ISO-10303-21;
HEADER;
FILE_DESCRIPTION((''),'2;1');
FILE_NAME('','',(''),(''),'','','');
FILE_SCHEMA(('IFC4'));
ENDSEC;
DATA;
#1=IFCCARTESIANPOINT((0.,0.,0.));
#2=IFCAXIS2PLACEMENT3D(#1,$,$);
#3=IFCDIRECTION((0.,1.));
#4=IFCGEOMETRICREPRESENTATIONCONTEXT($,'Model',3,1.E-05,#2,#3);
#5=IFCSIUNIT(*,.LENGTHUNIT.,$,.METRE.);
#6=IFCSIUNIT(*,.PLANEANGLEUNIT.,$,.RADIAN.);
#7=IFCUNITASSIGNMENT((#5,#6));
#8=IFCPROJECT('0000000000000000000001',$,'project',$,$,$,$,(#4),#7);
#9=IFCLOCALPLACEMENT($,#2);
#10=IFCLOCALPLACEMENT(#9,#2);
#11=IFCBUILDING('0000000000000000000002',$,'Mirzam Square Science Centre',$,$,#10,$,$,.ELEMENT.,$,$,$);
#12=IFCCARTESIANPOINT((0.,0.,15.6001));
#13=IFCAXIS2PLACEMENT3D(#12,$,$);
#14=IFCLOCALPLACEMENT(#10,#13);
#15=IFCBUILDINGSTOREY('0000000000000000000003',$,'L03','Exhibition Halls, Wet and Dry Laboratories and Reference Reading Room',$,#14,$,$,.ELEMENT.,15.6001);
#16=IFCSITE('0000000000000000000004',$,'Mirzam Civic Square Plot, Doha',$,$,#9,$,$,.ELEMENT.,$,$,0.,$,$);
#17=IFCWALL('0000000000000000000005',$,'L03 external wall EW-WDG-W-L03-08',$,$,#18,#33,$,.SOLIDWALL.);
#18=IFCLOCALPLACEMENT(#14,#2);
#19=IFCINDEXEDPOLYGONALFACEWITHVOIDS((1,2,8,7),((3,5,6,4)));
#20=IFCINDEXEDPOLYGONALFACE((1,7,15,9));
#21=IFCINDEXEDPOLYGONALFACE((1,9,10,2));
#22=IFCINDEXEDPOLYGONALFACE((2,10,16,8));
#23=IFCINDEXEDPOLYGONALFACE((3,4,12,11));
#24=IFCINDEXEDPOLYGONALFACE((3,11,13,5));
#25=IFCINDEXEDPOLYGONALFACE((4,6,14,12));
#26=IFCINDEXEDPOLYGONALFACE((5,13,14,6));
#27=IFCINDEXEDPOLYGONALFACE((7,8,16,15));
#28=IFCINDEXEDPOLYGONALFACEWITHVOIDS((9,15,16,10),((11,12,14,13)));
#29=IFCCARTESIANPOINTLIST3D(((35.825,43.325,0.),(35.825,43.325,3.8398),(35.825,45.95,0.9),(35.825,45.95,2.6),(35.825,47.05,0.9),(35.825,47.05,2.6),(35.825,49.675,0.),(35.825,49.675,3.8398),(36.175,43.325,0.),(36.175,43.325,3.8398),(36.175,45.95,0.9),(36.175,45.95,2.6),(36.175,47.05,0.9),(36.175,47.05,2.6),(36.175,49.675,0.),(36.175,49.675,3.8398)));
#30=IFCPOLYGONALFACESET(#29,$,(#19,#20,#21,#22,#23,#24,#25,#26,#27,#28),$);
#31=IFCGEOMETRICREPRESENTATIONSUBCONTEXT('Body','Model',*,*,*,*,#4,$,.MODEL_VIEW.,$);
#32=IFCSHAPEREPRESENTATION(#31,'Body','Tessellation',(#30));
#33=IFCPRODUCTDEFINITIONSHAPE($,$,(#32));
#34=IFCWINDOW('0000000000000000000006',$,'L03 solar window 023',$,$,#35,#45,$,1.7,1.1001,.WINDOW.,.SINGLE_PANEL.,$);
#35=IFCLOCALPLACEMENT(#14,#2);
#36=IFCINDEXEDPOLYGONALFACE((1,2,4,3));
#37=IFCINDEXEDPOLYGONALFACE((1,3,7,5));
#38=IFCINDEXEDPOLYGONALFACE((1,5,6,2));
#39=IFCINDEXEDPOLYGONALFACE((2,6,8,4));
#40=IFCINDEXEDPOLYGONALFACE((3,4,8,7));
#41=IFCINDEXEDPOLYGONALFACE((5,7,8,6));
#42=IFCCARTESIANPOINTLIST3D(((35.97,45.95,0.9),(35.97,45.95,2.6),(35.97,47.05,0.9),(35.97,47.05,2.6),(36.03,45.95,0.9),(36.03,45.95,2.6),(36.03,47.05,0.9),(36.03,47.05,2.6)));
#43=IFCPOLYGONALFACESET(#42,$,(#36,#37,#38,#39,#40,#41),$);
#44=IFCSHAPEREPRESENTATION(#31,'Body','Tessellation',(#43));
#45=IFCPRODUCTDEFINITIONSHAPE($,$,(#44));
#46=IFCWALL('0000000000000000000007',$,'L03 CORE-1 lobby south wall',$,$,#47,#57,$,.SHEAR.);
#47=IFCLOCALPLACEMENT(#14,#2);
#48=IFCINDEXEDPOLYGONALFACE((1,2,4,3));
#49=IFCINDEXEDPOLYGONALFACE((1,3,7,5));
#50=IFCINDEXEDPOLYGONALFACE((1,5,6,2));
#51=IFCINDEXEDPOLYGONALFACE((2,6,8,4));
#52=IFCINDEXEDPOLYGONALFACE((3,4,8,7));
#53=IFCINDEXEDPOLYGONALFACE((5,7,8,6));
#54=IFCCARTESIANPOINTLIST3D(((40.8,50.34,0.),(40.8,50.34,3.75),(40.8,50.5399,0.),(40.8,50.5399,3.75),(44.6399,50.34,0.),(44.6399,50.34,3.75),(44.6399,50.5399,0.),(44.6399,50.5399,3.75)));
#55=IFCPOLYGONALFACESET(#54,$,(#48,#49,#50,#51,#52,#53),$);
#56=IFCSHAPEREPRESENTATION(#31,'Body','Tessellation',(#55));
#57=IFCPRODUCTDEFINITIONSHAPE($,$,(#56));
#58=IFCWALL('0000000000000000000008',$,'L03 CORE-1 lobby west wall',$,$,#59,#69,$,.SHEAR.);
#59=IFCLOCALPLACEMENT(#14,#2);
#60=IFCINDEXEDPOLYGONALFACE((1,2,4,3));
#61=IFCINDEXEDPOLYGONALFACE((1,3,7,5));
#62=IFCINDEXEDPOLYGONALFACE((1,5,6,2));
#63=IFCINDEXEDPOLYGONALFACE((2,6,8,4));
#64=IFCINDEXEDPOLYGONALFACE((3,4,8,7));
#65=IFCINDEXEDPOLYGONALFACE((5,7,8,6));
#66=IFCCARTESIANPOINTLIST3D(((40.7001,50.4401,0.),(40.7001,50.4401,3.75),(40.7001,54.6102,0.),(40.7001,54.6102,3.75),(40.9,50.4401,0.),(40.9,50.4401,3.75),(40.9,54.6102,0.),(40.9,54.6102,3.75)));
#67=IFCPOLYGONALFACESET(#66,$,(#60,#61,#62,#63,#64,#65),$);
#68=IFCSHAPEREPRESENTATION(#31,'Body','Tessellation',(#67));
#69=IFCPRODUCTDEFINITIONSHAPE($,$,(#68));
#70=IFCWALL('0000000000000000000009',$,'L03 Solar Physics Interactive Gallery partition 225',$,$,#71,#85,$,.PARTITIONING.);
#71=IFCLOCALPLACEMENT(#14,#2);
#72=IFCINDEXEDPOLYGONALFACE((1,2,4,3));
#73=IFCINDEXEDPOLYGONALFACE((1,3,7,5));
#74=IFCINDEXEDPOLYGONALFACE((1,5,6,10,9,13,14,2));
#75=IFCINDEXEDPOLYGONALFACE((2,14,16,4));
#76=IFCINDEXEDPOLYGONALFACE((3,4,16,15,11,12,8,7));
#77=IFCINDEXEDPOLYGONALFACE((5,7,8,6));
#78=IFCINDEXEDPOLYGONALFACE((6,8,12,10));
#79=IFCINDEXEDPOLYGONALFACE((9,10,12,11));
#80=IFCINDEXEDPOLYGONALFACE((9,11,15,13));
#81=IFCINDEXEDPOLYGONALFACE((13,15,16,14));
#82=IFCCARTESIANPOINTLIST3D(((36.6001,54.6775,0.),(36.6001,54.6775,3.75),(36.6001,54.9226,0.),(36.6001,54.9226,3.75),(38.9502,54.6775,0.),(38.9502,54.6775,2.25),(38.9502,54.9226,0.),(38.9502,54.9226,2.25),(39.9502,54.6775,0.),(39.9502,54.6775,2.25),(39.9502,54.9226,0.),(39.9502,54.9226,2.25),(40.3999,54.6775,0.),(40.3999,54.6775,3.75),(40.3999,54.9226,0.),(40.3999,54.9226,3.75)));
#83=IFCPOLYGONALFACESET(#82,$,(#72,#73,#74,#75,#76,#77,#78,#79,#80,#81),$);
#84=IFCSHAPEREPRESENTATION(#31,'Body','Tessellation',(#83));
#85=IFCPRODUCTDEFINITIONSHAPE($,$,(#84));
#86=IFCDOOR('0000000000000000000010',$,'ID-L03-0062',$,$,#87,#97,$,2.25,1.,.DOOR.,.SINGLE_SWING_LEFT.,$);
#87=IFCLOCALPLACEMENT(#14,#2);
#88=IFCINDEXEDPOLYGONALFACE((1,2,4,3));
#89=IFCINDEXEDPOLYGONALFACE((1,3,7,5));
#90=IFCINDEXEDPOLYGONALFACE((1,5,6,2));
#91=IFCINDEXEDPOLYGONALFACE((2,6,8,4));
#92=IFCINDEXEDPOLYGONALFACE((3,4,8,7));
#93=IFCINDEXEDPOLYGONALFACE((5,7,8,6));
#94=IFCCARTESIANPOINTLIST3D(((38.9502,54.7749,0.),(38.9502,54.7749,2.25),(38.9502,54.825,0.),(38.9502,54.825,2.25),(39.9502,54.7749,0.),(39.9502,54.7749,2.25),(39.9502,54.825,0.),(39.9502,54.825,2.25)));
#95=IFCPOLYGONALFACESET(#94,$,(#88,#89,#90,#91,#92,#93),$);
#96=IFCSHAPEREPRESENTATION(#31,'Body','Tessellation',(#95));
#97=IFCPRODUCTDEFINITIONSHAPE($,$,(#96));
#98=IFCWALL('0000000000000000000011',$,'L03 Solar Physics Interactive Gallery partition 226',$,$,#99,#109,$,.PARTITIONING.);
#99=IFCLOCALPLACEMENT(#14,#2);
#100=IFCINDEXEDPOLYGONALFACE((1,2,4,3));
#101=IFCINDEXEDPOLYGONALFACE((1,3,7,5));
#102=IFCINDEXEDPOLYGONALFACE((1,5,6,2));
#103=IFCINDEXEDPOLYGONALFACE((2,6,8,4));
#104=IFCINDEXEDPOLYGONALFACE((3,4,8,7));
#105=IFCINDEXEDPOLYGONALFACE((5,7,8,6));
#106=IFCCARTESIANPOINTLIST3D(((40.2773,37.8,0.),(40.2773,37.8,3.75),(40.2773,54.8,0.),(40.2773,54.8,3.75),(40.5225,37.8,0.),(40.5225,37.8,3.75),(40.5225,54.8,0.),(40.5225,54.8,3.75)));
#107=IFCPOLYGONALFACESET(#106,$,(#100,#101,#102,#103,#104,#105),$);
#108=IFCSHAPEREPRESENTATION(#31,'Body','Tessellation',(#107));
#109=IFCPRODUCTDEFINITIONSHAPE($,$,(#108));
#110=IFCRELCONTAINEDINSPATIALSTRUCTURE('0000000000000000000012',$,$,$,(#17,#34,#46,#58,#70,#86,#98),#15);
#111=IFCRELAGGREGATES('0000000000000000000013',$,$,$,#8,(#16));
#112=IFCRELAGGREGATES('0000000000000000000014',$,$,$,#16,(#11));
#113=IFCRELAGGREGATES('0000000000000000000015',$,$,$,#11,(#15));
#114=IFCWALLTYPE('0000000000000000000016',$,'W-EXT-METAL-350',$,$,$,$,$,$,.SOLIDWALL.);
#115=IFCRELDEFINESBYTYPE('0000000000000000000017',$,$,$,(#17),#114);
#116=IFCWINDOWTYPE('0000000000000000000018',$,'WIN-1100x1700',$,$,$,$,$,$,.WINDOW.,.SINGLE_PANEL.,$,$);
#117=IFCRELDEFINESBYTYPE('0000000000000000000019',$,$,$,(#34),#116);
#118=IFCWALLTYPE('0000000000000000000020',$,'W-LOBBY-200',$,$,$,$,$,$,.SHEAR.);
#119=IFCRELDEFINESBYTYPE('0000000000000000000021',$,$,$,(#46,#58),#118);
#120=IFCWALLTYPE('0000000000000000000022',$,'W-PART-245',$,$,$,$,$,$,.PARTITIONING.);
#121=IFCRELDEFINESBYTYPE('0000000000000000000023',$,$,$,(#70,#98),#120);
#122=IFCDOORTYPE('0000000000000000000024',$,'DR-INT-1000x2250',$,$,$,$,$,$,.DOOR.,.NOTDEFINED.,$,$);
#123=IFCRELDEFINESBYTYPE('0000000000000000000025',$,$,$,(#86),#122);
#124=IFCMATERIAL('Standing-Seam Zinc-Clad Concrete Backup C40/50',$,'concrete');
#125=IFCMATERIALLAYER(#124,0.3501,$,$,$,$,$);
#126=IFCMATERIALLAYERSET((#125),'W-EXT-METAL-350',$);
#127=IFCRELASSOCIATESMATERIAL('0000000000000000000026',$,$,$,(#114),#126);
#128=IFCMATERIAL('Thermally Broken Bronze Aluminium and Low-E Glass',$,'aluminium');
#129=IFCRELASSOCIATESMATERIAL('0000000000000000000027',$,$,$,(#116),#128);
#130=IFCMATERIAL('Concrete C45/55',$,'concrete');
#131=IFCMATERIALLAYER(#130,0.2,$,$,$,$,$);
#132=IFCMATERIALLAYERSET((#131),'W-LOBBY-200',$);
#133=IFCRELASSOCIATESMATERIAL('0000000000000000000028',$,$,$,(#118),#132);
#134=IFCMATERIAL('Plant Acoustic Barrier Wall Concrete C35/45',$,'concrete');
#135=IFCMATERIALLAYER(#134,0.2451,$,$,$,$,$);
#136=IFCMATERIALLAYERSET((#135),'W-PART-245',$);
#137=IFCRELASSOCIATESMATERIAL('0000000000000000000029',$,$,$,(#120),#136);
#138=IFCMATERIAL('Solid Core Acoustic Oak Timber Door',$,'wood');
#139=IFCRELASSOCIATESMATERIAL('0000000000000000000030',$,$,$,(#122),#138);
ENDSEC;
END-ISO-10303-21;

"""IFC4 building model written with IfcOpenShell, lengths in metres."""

from ifc_helpers import new_model, si_unit, direction, frame, frame_2d, origin, place, context, subcontext, project, spatial, rectangle, extrude, material, layer, layer_set, type_object, element, fill, save


model = new_model("IFC4")

# Units and contexts
model_context = context("Model", 3, precision=1e-05, world=origin(), true_north=direction((0.0, 1.0)))
body_context = subcontext(model_context, "Body", "Model", "MODEL_VIEW")
ifc_project = project(units=[si_unit("LENGTHUNIT", "METRE"), si_unit("PLANEANGLEUNIT", "RADIAN")], contexts=[model_context])

# Site, building, storey
site_placement = place(None, origin())
site = spatial("IfcSite", under=ifc_project, at=site_placement, Name="Mirzam Civic Square Plot, Doha", CompositionType="ELEMENT", RefElevation=0.0)
building_placement = place(site_placement, origin())
building = spatial("IfcBuilding", under=site, at=building_placement, Name="Mirzam Square Science Centre", CompositionType="ELEMENT")
storey_placement = place(building_placement, frame((0.0, 0.0, 15.6001)))
storey = spatial("IfcBuildingStorey", under=building, at=storey_placement, Name="L03", Description="Exhibition Halls, Wet and Dry Laboratories and Reference Reading Room", CompositionType="ELEMENT", Elevation=15.6001)

# Wall, opening, window
ifc_material_1 = material(Name="Thermally Broken Bronze Aluminium and Low-E Glass", Category="aluminium")
ifc_material_2 = material(Name="Standing-Seam Zinc-Clad Concrete Backup C40/50", Category="concrete")
ifc_layer_1 = layer(ifc_material_2, 0.3501)
ifc_layer_set_1 = layer_set([ifc_layer_1], Name="W-EXT-METAL-350")
wall_type_1 = type_object("IfcWallType", Name="W-EXT-METAL-350", PredefinedType="SOLIDWALL", material=ifc_layer_set_1)
wall_1_placement = place(storey_placement, frame((36.0, 49.675, 0.0), z_axis=(0.0, 0.0, 1.0), x_axis=(0.0, -1.0, 0.0)))
wall_1 = element("IfcWall", 1, at=wall_1_placement, inside=storey, type_object=wall_type_1, Name="L03 external wall EW-WDG-W-L03-08", PredefinedType="SOLIDWALL", context=body_context, shape_type="SweptSolid", body=[
    extrude(rectangle(XDim=6.3501, YDim=0.3501, at=frame_2d((3.175, 0.0))), origin(), (0.0, 0.0, 1.0), 3.8398),
])
opening_1_placement = place(wall_1_placement, frame((2.625, 0.0, 0.8999)))
opening_1 = element("IfcOpeningElement", 2, at=opening_1_placement, cuts=wall_1, PredefinedType="OPENING", context=body_context, shape_type="SweptSolid", body=[
    extrude(rectangle(XDim=1.1001, YDim=1.7, at=frame_2d((0.55, 0.8501))), frame((0.0, 0.1851, 0.0), z_axis=(0.0, -1.0, 0.0), x_axis=(1.0, 0.0, 0.0)), (0.0, 0.0, 1.0), 0.3701),
])
window_type_1 = type_object("IfcWindowType", Name="WIN-1100x1700", PartitioningType="SINGLE_PANEL", PredefinedType="WINDOW", material=ifc_material_1)
window_1_placement = place(opening_1_placement, origin())
window_1 = element("IfcWindow", 3, at=window_1_placement, inside=storey, type_object=window_type_1, Name="L03 solar window 023", OverallHeight=1.7, OverallWidth=1.1001, PartitioningType="SINGLE_PANEL", PredefinedType="WINDOW", context=body_context, shape_type="SweptSolid", body=[
    extrude(rectangle(XDim=1.1001, YDim=1.7, at=frame_2d((0.55, 0.8501))), frame((0.0, 0.03, 0.0), z_axis=(0.0, -1.0, 0.0), x_axis=(1.0, 0.0, 0.0)), (0.0, 0.0, 1.0), 0.0601),
])
fill(opening_1, window_1)

# Walls
ifc_material_3 = material(Name="Concrete C45/55", Category="concrete")
ifc_layer_2 = layer(ifc_material_3, 0.2)
ifc_layer_set_2 = layer_set([ifc_layer_2], Name="W-LOBBY-200")
wall_type_2 = type_object("IfcWallType", Name="W-LOBBY-200", PredefinedType="SHEAR", material=ifc_layer_set_2)
wall_2_placement = place(storey_placement, frame((40.8, 50.4399, 0.0), z_axis=(0.0, 0.0, 1.0), x_axis=(1.0, 0.0, 0.0)))
element("IfcWall", 4, at=wall_2_placement, inside=storey, type_object=wall_type_2, Name="L03 CORE-1 lobby south wall", PredefinedType="SHEAR", context=body_context, shape_type="SweptSolid", body=[
    extrude(rectangle(XDim=3.8398, YDim=0.2, at=frame_2d((1.9199, 0.0))), origin(), (0.0, 0.0, 1.0), 3.75),
])
wall_3_placement = place(storey_placement, frame((40.8, 54.6101, 0.0), z_axis=(0.0, 0.0, 1.0), x_axis=(0.0, -1.0, 0.0)))
element("IfcWall", 5, at=wall_3_placement, inside=storey, type_object=wall_type_2, Name="L03 CORE-1 lobby west wall", PredefinedType="SHEAR", context=body_context, shape_type="SweptSolid", body=[
    extrude(rectangle(XDim=4.1702, YDim=0.2, at=frame_2d((2.085, 0.0))), origin(), (0.0, 0.0, 1.0), 3.75),
])

# Wall, opening, door
ifc_material_4 = material(Name="Plant Acoustic Barrier Wall Concrete C35/45", Category="concrete")
ifc_layer_3 = layer(ifc_material_4, 0.2451)
ifc_layer_set_3 = layer_set([ifc_layer_3], Name="W-PART-245")
wall_type_3 = type_object("IfcWallType", Name="W-PART-245", PredefinedType="PARTITIONING", material=ifc_layer_set_3)
wall_4_placement = place(storey_placement, frame((36.6001, 54.8, 0.0), z_axis=(0.0, 0.0, 1.0), x_axis=(1.0, 0.0, 0.0)))
wall_4 = element("IfcWall", 6, at=wall_4_placement, inside=storey, type_object=wall_type_3, Name="L03 Solar Physics Interactive Gallery partition 225", PredefinedType="PARTITIONING", context=body_context, shape_type="SweptSolid", body=[
    extrude(rectangle(XDim=3.7998, YDim=0.2451, at=frame_2d((1.8999, 0.0))), origin(), (0.0, 0.0, 1.0), 3.75),
])
opening_2_placement = place(wall_4_placement, frame((2.3501, 0.0, 0.0)))
opening_2 = element("IfcOpeningElement", 7, at=opening_2_placement, cuts=wall_4, PredefinedType="OPENING", context=body_context, shape_type="SweptSolid", body=[
    extrude(rectangle(XDim=1.0, YDim=2.25, at=frame_2d((0.5, 1.125))), frame((0.0, 0.1326, 0.0), z_axis=(0.0, -1.0, 0.0), x_axis=(1.0, 0.0, 0.0)), (0.0, 0.0, 1.0), 0.2651),
])
ifc_material_5 = material(Name="Solid Core Acoustic Oak Timber Door", Category="wood")
door_type = type_object("IfcDoorType", Name="DR-INT-1000x2250", OperationType="NOTDEFINED", PredefinedType="DOOR", material=ifc_material_5)
door_placement = place(opening_2_placement, origin())
door = element("IfcDoor", 8, at=door_placement, inside=storey, type_object=door_type, Name="ID-L03-0062", OperationType="SINGLE_SWING_LEFT", OverallHeight=2.25, OverallWidth=1.0, PredefinedType="DOOR", context=body_context, shape_type="SweptSolid", body=[
    extrude(rectangle(XDim=1.0, YDim=2.25, at=frame_2d((0.5, 1.125))), frame((0.0, 0.0249, 0.0), z_axis=(0.0, -1.0, 0.0), x_axis=(1.0, 0.0, 0.0)), (0.0, 0.0, 1.0), 0.05),
])
fill(opening_2, door)

# Wall
wall_5_placement = place(storey_placement, frame((40.3999, 54.8, 0.0), z_axis=(0.0, 0.0, 1.0), x_axis=(0.0, -1.0, 0.0)))
element("IfcWall", 9, at=wall_5_placement, inside=storey, type_object=wall_type_3, Name="L03 Solar Physics Interactive Gallery partition 226", PredefinedType="PARTITIONING", context=body_context, shape_type="SweptSolid", body=[
    extrude(rectangle(XDim=17.0, YDim=0.2451, at=frame_2d((8.5, 0.0))), origin(), (0.0, 0.0, 1.0), 3.75),
])

save(model, "model.ifc")
